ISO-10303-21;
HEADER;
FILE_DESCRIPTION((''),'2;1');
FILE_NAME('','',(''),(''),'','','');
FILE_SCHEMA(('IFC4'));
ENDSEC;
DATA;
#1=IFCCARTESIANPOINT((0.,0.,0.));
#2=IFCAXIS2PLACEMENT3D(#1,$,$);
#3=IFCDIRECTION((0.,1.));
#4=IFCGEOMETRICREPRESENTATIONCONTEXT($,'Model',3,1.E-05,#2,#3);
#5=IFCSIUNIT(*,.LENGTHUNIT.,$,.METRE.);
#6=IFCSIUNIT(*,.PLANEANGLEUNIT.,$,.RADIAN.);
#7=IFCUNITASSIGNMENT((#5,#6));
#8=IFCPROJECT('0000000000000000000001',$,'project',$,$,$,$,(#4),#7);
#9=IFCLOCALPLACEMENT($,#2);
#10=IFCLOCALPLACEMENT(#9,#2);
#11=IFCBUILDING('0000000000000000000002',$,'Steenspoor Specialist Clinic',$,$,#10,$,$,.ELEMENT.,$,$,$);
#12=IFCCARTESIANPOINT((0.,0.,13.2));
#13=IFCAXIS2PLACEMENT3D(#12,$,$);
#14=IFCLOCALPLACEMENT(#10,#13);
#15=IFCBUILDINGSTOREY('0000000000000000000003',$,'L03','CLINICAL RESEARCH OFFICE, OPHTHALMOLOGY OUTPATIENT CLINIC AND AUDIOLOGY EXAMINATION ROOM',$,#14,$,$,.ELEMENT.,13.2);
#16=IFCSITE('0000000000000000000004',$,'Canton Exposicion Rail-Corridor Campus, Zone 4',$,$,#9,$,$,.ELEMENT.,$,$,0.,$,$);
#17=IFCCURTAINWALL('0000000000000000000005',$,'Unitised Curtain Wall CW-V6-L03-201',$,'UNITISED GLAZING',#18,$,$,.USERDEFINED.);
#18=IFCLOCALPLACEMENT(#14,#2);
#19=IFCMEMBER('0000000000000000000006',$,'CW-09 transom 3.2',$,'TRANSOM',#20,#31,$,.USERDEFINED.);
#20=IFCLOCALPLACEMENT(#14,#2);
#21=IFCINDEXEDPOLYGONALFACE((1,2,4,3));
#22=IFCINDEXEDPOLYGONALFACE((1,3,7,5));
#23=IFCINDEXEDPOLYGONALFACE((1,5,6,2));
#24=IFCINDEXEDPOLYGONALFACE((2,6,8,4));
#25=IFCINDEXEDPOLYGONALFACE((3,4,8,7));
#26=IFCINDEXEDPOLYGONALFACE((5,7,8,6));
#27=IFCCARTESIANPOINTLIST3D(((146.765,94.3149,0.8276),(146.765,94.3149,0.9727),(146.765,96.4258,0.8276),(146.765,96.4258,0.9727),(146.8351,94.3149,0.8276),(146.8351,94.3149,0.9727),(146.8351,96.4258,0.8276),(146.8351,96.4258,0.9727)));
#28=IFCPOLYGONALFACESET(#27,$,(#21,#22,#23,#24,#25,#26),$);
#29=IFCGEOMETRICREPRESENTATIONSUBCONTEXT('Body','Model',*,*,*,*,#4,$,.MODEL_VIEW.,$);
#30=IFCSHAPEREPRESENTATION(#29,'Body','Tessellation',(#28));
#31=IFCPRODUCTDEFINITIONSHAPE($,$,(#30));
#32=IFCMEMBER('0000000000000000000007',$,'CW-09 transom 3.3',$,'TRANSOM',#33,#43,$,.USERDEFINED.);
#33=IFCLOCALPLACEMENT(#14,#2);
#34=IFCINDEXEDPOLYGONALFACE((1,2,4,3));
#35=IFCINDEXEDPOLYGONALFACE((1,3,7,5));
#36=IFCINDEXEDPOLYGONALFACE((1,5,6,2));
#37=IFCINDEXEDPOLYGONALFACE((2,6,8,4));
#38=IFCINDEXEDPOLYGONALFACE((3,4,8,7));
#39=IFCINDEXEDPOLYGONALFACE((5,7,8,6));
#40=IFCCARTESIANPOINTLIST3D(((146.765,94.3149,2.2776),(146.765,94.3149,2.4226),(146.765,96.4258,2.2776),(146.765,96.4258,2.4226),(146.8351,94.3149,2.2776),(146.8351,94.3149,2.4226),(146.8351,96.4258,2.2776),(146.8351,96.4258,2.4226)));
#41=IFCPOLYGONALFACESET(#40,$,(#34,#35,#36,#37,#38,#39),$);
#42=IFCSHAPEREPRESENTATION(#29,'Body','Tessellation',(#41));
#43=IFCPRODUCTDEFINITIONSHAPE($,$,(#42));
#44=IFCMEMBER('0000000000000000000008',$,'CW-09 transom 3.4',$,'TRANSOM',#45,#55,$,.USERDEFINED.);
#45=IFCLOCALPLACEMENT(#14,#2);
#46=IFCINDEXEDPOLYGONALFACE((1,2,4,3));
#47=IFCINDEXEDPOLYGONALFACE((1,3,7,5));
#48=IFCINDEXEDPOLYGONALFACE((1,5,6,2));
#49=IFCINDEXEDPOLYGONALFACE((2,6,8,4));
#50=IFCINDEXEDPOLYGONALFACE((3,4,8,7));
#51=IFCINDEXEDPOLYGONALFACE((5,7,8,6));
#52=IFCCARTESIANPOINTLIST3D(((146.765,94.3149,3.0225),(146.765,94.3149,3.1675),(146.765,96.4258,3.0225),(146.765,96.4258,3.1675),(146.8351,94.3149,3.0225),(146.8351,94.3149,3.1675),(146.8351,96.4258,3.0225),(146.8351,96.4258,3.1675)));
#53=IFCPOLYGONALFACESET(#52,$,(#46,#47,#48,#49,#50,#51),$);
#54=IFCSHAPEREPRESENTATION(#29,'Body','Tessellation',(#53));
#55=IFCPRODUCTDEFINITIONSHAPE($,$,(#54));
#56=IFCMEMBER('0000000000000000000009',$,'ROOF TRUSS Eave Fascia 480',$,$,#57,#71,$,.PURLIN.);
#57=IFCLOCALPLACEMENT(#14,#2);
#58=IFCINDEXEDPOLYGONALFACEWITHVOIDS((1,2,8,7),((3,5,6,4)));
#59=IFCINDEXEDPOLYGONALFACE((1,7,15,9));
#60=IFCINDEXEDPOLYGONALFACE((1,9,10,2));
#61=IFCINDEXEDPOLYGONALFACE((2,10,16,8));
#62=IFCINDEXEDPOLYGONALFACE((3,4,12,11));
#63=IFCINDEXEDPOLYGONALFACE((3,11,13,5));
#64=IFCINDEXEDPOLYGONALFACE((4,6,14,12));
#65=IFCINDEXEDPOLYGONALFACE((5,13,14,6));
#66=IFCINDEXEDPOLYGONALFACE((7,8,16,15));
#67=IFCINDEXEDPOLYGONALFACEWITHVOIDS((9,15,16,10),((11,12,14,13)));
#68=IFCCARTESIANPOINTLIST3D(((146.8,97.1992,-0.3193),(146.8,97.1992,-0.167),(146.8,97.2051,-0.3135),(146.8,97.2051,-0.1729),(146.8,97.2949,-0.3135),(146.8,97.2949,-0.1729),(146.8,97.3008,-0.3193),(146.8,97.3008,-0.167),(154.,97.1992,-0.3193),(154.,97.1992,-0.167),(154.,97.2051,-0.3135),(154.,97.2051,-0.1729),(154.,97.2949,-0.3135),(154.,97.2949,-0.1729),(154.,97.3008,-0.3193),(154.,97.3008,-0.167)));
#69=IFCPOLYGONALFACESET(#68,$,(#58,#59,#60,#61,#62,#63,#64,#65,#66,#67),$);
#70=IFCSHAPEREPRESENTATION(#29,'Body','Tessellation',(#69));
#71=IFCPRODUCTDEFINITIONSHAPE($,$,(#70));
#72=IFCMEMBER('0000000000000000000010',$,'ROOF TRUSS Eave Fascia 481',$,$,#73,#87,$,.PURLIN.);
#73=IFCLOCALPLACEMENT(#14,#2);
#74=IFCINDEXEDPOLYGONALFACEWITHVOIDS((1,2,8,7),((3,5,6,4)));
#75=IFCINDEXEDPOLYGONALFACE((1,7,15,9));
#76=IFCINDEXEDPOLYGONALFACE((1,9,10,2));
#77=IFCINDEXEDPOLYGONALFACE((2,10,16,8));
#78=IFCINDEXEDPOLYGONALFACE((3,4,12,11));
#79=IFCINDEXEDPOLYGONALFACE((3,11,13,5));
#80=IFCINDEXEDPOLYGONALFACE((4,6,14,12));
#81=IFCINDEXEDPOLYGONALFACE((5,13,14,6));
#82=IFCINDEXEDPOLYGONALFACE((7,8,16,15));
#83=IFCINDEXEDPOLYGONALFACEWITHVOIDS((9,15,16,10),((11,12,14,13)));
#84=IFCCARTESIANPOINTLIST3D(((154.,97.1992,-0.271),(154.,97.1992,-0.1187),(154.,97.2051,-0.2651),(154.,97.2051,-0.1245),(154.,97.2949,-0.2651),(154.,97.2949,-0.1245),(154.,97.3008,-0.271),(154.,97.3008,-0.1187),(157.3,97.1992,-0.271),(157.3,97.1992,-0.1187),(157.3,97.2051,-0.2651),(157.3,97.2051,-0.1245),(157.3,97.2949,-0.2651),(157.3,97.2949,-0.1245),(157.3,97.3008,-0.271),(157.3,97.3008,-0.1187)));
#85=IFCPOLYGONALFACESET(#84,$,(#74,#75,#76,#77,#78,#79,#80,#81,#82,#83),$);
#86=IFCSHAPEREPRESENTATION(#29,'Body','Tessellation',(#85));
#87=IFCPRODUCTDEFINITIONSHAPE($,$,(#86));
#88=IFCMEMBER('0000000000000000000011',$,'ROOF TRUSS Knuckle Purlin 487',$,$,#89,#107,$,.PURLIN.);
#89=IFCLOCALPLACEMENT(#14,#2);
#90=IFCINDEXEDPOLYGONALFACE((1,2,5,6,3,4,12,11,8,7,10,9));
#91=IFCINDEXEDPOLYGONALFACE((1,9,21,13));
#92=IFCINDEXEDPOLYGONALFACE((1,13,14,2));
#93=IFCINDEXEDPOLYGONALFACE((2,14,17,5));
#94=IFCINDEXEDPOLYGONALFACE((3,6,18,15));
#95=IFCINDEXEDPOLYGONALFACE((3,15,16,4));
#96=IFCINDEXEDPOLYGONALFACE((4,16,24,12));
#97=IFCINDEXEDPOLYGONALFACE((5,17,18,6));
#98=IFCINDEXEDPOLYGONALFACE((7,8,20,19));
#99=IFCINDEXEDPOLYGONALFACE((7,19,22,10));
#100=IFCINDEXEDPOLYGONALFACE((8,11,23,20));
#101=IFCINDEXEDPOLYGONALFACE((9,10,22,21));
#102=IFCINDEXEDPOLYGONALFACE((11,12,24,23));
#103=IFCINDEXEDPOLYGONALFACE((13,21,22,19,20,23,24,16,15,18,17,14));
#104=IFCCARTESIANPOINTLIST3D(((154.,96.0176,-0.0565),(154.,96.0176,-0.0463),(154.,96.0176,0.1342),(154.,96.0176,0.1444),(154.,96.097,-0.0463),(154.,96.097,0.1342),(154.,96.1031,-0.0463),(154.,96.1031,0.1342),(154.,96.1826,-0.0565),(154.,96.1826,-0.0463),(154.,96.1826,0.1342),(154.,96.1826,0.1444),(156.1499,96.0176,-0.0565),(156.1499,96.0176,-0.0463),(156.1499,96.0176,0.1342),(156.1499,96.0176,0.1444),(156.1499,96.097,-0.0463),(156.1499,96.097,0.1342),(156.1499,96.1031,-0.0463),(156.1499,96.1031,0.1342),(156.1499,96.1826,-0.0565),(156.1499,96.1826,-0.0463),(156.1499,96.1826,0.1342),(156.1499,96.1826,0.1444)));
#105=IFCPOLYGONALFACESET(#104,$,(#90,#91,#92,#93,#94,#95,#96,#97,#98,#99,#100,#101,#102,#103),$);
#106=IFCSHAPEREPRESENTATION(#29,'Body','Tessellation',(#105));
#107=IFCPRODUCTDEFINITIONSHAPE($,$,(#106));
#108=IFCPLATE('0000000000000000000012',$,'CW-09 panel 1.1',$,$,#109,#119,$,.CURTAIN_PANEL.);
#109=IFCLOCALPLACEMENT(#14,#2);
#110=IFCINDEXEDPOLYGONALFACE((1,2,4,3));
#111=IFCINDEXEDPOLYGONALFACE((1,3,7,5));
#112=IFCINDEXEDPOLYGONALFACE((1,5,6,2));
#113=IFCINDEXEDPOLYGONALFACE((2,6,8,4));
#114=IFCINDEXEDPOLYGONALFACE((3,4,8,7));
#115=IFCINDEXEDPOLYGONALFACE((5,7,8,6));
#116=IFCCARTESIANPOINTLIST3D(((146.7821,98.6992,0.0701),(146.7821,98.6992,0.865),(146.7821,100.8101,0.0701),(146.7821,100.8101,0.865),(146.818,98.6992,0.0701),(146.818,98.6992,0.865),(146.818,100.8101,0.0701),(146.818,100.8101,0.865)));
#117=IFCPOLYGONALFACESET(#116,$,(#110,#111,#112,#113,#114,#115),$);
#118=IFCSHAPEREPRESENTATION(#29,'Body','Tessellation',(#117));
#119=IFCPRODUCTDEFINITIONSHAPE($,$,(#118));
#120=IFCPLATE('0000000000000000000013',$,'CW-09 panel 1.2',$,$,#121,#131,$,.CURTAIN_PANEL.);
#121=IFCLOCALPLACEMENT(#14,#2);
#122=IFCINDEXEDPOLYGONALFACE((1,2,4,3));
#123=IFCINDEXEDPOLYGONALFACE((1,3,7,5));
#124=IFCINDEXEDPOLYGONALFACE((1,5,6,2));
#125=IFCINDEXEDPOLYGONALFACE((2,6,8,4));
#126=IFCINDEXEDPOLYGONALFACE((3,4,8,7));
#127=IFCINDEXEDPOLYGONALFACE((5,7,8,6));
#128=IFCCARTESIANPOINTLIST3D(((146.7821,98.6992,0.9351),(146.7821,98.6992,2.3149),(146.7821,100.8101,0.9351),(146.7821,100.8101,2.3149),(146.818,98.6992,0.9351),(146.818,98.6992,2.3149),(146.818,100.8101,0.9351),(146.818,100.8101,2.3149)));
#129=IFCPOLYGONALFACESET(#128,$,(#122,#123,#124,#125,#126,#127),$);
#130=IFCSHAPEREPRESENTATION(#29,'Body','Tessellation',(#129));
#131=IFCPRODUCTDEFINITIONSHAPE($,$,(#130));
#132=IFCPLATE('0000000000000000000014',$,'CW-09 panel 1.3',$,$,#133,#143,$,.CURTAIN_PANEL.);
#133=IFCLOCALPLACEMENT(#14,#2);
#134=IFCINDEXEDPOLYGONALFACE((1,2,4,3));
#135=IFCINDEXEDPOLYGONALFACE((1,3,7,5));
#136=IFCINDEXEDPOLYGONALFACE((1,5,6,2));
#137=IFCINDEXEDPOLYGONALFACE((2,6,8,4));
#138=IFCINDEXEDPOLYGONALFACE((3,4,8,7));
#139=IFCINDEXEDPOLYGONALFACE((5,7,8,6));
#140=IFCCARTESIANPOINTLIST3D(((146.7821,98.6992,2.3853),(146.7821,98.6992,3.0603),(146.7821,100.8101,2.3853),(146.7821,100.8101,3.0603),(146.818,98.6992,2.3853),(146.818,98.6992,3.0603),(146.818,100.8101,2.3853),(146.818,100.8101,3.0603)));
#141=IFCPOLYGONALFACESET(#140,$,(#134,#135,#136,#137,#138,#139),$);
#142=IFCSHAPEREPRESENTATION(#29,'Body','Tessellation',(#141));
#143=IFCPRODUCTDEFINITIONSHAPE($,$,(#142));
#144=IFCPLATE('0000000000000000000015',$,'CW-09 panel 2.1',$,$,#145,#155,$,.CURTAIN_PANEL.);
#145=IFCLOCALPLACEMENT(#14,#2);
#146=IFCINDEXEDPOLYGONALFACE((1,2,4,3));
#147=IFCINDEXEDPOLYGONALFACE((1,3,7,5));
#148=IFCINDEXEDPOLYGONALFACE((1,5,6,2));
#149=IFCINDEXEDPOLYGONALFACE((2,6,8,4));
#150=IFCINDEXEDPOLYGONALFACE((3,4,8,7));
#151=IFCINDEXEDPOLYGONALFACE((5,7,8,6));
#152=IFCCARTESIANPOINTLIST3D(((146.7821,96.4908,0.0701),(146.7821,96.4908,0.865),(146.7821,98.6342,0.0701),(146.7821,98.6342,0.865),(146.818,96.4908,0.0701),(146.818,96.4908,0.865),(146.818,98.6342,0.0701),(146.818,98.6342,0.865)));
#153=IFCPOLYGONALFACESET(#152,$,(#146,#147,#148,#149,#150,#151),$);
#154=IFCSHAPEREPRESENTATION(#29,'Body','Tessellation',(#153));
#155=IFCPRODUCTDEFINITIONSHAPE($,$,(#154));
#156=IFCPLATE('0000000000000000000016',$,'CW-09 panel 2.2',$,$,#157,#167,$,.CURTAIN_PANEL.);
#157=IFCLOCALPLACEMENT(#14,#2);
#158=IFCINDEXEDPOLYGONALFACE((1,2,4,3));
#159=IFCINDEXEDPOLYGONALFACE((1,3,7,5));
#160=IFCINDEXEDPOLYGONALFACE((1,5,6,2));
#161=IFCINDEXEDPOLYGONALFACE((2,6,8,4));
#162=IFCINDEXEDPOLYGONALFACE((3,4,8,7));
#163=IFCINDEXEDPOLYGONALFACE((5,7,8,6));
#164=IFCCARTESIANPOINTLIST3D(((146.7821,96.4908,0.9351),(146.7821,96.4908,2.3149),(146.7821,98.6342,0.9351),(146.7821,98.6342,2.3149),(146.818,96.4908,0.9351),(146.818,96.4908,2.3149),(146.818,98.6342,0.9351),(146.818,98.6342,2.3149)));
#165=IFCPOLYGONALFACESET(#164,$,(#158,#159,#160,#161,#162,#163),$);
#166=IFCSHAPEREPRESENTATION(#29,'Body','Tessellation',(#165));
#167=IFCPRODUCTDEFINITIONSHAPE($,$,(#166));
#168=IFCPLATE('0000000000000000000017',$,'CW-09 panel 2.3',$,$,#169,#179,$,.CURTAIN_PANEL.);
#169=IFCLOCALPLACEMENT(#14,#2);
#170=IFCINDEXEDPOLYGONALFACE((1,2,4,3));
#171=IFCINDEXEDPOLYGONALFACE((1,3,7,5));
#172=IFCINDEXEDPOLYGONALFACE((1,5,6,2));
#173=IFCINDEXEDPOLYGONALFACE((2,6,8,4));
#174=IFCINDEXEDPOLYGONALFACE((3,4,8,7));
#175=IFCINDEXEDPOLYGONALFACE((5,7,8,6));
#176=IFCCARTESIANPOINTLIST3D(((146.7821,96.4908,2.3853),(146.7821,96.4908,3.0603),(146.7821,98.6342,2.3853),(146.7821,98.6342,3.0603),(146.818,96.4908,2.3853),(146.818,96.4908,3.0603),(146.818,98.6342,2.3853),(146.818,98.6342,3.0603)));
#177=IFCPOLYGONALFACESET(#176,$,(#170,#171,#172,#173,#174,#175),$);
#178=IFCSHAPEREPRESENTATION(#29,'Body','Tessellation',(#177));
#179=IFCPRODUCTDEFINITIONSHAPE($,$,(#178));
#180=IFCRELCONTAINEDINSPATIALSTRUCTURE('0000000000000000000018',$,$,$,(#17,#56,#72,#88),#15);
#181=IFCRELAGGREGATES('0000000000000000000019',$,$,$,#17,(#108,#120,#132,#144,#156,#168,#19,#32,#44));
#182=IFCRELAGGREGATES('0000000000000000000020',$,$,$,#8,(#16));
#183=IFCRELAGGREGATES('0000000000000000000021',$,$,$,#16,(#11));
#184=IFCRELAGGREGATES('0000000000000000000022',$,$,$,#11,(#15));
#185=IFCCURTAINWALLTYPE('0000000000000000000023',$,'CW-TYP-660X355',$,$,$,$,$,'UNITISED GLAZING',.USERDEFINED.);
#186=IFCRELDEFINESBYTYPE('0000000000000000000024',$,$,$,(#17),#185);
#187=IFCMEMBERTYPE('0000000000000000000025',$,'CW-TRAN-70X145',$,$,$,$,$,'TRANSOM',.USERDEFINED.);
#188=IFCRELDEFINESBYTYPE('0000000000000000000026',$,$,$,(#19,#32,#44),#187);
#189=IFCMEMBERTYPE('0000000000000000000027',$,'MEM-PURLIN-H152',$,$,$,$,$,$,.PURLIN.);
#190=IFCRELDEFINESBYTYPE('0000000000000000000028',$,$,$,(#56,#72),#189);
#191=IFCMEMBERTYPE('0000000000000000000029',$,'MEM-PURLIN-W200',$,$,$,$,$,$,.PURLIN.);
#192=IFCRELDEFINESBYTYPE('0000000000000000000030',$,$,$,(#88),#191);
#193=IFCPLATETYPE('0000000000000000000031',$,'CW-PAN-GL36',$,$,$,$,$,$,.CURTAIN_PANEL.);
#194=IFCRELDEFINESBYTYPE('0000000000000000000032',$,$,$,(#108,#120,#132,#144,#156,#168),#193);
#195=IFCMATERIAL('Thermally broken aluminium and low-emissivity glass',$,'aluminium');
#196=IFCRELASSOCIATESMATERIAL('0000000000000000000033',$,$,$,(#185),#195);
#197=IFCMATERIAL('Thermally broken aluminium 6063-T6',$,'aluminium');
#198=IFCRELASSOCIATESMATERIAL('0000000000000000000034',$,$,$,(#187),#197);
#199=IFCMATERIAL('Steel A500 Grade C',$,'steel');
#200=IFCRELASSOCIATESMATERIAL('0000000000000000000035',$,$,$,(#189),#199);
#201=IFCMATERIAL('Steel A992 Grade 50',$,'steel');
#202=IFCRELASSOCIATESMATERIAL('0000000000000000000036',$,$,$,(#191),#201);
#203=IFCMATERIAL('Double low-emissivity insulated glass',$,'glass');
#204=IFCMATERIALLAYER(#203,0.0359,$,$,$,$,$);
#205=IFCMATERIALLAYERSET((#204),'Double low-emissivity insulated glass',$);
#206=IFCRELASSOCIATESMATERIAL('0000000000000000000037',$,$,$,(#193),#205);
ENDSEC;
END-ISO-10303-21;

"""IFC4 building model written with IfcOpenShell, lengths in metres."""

from ifc_helpers import new_model, si_unit, direction, frame, origin, origin_2d, place, context, subcontext, project, spatial, rectangle, hollow_rectangle, i_section, extrude, material, layer, layer_set, material_profile, profile_set, type_object, element, aggregate, save


model = new_model("IFC4")

# Units and contexts
model_context = context("Model", 3, precision=1e-05, world=origin(), true_north=direction((0.0, 1.0)))
body_context = subcontext(model_context, "Body", "Model", "MODEL_VIEW")
ifc_project = project(units=[si_unit("LENGTHUNIT", "METRE"), si_unit("PLANEANGLEUNIT", "RADIAN")], contexts=[model_context])

# Site, building, storey
site_placement = place(None, origin())
site = spatial("IfcSite", under=ifc_project, at=site_placement, Name="Canton Exposicion Rail-Corridor Campus, Zone 4", CompositionType="ELEMENT", RefElevation=0.0)
building_placement = place(site_placement, origin())
building = spatial("IfcBuilding", under=site, at=building_placement, Name="Steenspoor Specialist Clinic", CompositionType="ELEMENT")
storey_placement = place(building_placement, frame((0.0, 0.0, 13.2)))
storey = spatial("IfcBuildingStorey", under=building, at=storey_placement, Name="L03", Description="CLINICAL RESEARCH OFFICE, OPHTHALMOLOGY OUTPATIENT CLINIC AND AUDIOLOGY EXAMINATION ROOM", CompositionType="ELEMENT", Elevation=13.2)

# Curtain wall, members
ifc_material_1 = material(Name="Thermally broken aluminium and low-emissivity glass", Category="aluminium")
curtain_wall_type = type_object("IfcCurtainWallType", Name="CW-TYP-660X355", ElementType="UNITISED GLAZING", PredefinedType="USERDEFINED", material=ifc_material_1)
curtain_wall_placement = place(storey_placement, origin())
curtain_wall = element("IfcCurtainWall", 1, at=curtain_wall_placement, inside=storey, type_object=curtain_wall_type, Name="Unitised Curtain Wall CW-V6-L03-201", ObjectType="UNITISED GLAZING", PredefinedType="USERDEFINED")
ifc_material_2 = material(Name="Thermally broken aluminium 6063-T6", Category="aluminium")
ifc_material_profile_1 = material_profile(ifc_material_2, rectangle(XDim=0.0701, YDim=0.145, at=origin_2d()), Name="CWT-70X145")
ifc_profile_set_1 = profile_set([ifc_material_profile_1], Name="Thermally broken aluminium 6063-T6")
member_type_1 = type_object("IfcMemberType", Name="CW-TRAN-70X145", ElementType="TRANSOM", PredefinedType="USERDEFINED", material=ifc_profile_set_1)
member_1_placement = place(storey_placement, frame((146.8, 96.4258, 0.9001), z_axis=(0.0, -1.0, 0.0), x_axis=(1.0, 0.0, 0.0)))
member_1 = element("IfcMember", 2, at=member_1_placement, type_object=member_type_1, Name="CW-09 transom 3.2", ObjectType="TRANSOM", PredefinedType="USERDEFINED", context=body_context, shape_type="SweptSolid", body=[
    extrude(rectangle(XDim=0.0701, YDim=0.145, at=origin_2d()), origin(), (0.0, 0.0, 1.0), 2.1108),
])
member_2_placement = place(storey_placement, frame((146.8, 96.4258, 2.3501), z_axis=(0.0, -1.0, 0.0), x_axis=(1.0, 0.0, 0.0)))
member_2 = element("IfcMember", 3, at=member_2_placement, type_object=member_type_1, Name="CW-09 transom 3.3", ObjectType="TRANSOM", PredefinedType="USERDEFINED", context=body_context, shape_type="SweptSolid", body=[
    extrude(rectangle(XDim=0.0701, YDim=0.145, at=origin_2d()), origin(), (0.0, 0.0, 1.0), 2.1108),
])
member_3_placement = place(storey_placement, frame((146.8, 96.4258, 3.095), z_axis=(0.0, -1.0, 0.0), x_axis=(1.0, 0.0, 0.0)))
member_3 = element("IfcMember", 4, at=member_3_placement, type_object=member_type_1, Name="CW-09 transom 3.4", ObjectType="TRANSOM", PredefinedType="USERDEFINED", context=body_context, shape_type="SweptSolid", body=[
    extrude(rectangle(XDim=0.0701, YDim=0.145, at=origin_2d()), origin(), (0.0, 0.0, 1.0), 2.1108),
])

# Members
ifc_material_3 = material(Name="Steel A500 Grade C", Category="steel")
ifc_material_profile_2 = material_profile(ifc_material_3, hollow_rectangle(XDim=0.1016, YDim=0.1523, WallThickness=0.0059, at=origin_2d()), Name="HSS152X102X6.4")
ifc_profile_set_2 = profile_set([ifc_material_profile_2], Name="Steel A500 Grade C")
member_type_2 = type_object("IfcMemberType", Name="MEM-PURLIN-H152", PredefinedType="PURLIN", material=ifc_profile_set_2)
member_4_placement = place(storey_placement, frame((146.8, 97.25, -0.2432), z_axis=(1.0, 0.0, 0.0), x_axis=(0.0, 1.0, 0.0)))
element("IfcMember", 5, at=member_4_placement, inside=storey, type_object=member_type_2, Name="ROOF TRUSS Eave Fascia 480", PredefinedType="PURLIN", context=body_context, shape_type="SweptSolid", body=[
    extrude(hollow_rectangle(XDim=0.1016, YDim=0.1523, WallThickness=0.0059, at=origin_2d()), origin(), (0.0, 0.0, 1.0), 7.2),
])
member_5_placement = place(storey_placement, frame((154.0, 97.25, -0.1948), z_axis=(1.0, 0.0, 0.0), x_axis=(0.0, 1.0, 0.0)))
element("IfcMember", 6, at=member_5_placement, inside=storey, type_object=member_type_2, Name="ROOF TRUSS Eave Fascia 481", PredefinedType="PURLIN", context=body_context, shape_type="SweptSolid", body=[
    extrude(hollow_rectangle(XDim=0.1016, YDim=0.1523, WallThickness=0.0059, at=origin_2d()), origin(), (0.0, 0.0, 1.0), 3.3),
])
ifc_material_4 = material(Name="Steel A992 Grade 50", Category="steel")
ifc_material_profile_3 = material_profile(ifc_material_4, i_section(OverallWidth=0.165, OverallDepth=0.2009, WebThickness=0.0061, FlangeThickness=0.0103, at=origin_2d()), Name="W200X36")
ifc_profile_set_3 = profile_set([ifc_material_profile_3], Name="Steel A992 Grade 50")
member_type_3 = type_object("IfcMemberType", Name="MEM-PURLIN-W200", PredefinedType="PURLIN", material=ifc_profile_set_3)
member_6_placement = place(storey_placement, frame((154.0, 96.1001, 0.0439), z_axis=(1.0, 0.0, 0.0), x_axis=(0.0, 1.0, 0.0)))
element("IfcMember", 7, at=member_6_placement, inside=storey, type_object=member_type_3, Name="ROOF TRUSS Knuckle Purlin 487", PredefinedType="PURLIN", context=body_context, shape_type="SweptSolid", body=[
    extrude(i_section(OverallWidth=0.165, OverallDepth=0.2009, WebThickness=0.0061, FlangeThickness=0.0103, at=origin_2d()), origin(), (0.0, 0.0, 1.0), 2.1499),
])

# Plates
ifc_material_5 = material(Name="Double low-emissivity insulated glass", Category="glass")
ifc_layer_1 = layer(ifc_material_5, 0.0359)
ifc_layer_set_1 = layer_set([ifc_layer_1], Name="Double low-emissivity insulated glass")
plate_type = type_object("IfcPlateType", Name="CW-PAN-GL36", PredefinedType="CURTAIN_PANEL", material=ifc_layer_set_1)
plate_1_placement = place(storey_placement, frame((146.8, 99.7546, 0.0701), z_axis=(0.0, 0.0, 1.0), x_axis=(0.0, -1.0, 0.0)))
plate_1 = element("IfcPlate", 8, at=plate_1_placement, type_object=plate_type, Name="CW-09 panel 1.1", PredefinedType="CURTAIN_PANEL", context=body_context, shape_type="SweptSolid", body=[
    extrude(rectangle(XDim=2.1108, YDim=0.0359, at=origin_2d()), origin(), (0.0, 0.0, 1.0), 0.7949),
])
plate_2_placement = place(storey_placement, frame((146.8, 99.7546, 0.9351), z_axis=(0.0, 0.0, 1.0), x_axis=(0.0, -1.0, 0.0)))
plate_2 = element("IfcPlate", 9, at=plate_2_placement, type_object=plate_type, Name="CW-09 panel 1.2", PredefinedType="CURTAIN_PANEL", context=body_context, shape_type="SweptSolid", body=[
    extrude(rectangle(XDim=2.1108, YDim=0.0359, at=origin_2d()), origin(), (0.0, 0.0, 1.0), 1.3799),
])
plate_3_placement = place(storey_placement, frame((146.8, 99.7546, 2.3853), z_axis=(0.0, 0.0, 1.0), x_axis=(0.0, -1.0, 0.0)))
plate_3 = element("IfcPlate", 10, at=plate_3_placement, type_object=plate_type, Name="CW-09 panel 1.3", PredefinedType="CURTAIN_PANEL", context=body_context, shape_type="SweptSolid", body=[
    extrude(rectangle(XDim=2.1108, YDim=0.0359, at=origin_2d()), origin(), (0.0, 0.0, 1.0), 0.675),
])
plate_4_placement = place(storey_placement, frame((146.8, 97.5625, 0.0701), z_axis=(0.0, 0.0, 1.0), x_axis=(0.0, -1.0, 0.0)))
plate_4 = element("IfcPlate", 11, at=plate_4_placement, type_object=plate_type, Name="CW-09 panel 2.1", PredefinedType="CURTAIN_PANEL", context=body_context, shape_type="SweptSolid", body=[
    extrude(rectangle(XDim=2.1433, YDim=0.0359, at=origin_2d()), origin(), (0.0, 0.0, 1.0), 0.7949),
])
plate_5_placement = place(storey_placement, frame((146.8, 97.5625, 0.9351), z_axis=(0.0, 0.0, 1.0), x_axis=(0.0, -1.0, 0.0)))
plate_5 = element("IfcPlate", 12, at=plate_5_placement, type_object=plate_type, Name="CW-09 panel 2.2", PredefinedType="CURTAIN_PANEL", context=body_context, shape_type="SweptSolid", body=[
    extrude(rectangle(XDim=2.1433, YDim=0.0359, at=origin_2d()), origin(), (0.0, 0.0, 1.0), 1.3799),
])
plate_6_placement = place(storey_placement, frame((146.8, 97.5625, 2.3853), z_axis=(0.0, 0.0, 1.0), x_axis=(0.0, -1.0, 0.0)))
plate_6 = element("IfcPlate", 13, at=plate_6_placement, type_object=plate_type, Name="CW-09 panel 2.3", PredefinedType="CURTAIN_PANEL", context=body_context, shape_type="SweptSolid", body=[
    extrude(rectangle(XDim=2.1433, YDim=0.0359, at=origin_2d()), origin(), (0.0, 0.0, 1.0), 0.675),
])
aggregate(curtain_wall, [plate_1, plate_2, plate_3, plate_4, plate_5, plate_6, member_1, member_2, member_3])

save(model, "model.ifc")
